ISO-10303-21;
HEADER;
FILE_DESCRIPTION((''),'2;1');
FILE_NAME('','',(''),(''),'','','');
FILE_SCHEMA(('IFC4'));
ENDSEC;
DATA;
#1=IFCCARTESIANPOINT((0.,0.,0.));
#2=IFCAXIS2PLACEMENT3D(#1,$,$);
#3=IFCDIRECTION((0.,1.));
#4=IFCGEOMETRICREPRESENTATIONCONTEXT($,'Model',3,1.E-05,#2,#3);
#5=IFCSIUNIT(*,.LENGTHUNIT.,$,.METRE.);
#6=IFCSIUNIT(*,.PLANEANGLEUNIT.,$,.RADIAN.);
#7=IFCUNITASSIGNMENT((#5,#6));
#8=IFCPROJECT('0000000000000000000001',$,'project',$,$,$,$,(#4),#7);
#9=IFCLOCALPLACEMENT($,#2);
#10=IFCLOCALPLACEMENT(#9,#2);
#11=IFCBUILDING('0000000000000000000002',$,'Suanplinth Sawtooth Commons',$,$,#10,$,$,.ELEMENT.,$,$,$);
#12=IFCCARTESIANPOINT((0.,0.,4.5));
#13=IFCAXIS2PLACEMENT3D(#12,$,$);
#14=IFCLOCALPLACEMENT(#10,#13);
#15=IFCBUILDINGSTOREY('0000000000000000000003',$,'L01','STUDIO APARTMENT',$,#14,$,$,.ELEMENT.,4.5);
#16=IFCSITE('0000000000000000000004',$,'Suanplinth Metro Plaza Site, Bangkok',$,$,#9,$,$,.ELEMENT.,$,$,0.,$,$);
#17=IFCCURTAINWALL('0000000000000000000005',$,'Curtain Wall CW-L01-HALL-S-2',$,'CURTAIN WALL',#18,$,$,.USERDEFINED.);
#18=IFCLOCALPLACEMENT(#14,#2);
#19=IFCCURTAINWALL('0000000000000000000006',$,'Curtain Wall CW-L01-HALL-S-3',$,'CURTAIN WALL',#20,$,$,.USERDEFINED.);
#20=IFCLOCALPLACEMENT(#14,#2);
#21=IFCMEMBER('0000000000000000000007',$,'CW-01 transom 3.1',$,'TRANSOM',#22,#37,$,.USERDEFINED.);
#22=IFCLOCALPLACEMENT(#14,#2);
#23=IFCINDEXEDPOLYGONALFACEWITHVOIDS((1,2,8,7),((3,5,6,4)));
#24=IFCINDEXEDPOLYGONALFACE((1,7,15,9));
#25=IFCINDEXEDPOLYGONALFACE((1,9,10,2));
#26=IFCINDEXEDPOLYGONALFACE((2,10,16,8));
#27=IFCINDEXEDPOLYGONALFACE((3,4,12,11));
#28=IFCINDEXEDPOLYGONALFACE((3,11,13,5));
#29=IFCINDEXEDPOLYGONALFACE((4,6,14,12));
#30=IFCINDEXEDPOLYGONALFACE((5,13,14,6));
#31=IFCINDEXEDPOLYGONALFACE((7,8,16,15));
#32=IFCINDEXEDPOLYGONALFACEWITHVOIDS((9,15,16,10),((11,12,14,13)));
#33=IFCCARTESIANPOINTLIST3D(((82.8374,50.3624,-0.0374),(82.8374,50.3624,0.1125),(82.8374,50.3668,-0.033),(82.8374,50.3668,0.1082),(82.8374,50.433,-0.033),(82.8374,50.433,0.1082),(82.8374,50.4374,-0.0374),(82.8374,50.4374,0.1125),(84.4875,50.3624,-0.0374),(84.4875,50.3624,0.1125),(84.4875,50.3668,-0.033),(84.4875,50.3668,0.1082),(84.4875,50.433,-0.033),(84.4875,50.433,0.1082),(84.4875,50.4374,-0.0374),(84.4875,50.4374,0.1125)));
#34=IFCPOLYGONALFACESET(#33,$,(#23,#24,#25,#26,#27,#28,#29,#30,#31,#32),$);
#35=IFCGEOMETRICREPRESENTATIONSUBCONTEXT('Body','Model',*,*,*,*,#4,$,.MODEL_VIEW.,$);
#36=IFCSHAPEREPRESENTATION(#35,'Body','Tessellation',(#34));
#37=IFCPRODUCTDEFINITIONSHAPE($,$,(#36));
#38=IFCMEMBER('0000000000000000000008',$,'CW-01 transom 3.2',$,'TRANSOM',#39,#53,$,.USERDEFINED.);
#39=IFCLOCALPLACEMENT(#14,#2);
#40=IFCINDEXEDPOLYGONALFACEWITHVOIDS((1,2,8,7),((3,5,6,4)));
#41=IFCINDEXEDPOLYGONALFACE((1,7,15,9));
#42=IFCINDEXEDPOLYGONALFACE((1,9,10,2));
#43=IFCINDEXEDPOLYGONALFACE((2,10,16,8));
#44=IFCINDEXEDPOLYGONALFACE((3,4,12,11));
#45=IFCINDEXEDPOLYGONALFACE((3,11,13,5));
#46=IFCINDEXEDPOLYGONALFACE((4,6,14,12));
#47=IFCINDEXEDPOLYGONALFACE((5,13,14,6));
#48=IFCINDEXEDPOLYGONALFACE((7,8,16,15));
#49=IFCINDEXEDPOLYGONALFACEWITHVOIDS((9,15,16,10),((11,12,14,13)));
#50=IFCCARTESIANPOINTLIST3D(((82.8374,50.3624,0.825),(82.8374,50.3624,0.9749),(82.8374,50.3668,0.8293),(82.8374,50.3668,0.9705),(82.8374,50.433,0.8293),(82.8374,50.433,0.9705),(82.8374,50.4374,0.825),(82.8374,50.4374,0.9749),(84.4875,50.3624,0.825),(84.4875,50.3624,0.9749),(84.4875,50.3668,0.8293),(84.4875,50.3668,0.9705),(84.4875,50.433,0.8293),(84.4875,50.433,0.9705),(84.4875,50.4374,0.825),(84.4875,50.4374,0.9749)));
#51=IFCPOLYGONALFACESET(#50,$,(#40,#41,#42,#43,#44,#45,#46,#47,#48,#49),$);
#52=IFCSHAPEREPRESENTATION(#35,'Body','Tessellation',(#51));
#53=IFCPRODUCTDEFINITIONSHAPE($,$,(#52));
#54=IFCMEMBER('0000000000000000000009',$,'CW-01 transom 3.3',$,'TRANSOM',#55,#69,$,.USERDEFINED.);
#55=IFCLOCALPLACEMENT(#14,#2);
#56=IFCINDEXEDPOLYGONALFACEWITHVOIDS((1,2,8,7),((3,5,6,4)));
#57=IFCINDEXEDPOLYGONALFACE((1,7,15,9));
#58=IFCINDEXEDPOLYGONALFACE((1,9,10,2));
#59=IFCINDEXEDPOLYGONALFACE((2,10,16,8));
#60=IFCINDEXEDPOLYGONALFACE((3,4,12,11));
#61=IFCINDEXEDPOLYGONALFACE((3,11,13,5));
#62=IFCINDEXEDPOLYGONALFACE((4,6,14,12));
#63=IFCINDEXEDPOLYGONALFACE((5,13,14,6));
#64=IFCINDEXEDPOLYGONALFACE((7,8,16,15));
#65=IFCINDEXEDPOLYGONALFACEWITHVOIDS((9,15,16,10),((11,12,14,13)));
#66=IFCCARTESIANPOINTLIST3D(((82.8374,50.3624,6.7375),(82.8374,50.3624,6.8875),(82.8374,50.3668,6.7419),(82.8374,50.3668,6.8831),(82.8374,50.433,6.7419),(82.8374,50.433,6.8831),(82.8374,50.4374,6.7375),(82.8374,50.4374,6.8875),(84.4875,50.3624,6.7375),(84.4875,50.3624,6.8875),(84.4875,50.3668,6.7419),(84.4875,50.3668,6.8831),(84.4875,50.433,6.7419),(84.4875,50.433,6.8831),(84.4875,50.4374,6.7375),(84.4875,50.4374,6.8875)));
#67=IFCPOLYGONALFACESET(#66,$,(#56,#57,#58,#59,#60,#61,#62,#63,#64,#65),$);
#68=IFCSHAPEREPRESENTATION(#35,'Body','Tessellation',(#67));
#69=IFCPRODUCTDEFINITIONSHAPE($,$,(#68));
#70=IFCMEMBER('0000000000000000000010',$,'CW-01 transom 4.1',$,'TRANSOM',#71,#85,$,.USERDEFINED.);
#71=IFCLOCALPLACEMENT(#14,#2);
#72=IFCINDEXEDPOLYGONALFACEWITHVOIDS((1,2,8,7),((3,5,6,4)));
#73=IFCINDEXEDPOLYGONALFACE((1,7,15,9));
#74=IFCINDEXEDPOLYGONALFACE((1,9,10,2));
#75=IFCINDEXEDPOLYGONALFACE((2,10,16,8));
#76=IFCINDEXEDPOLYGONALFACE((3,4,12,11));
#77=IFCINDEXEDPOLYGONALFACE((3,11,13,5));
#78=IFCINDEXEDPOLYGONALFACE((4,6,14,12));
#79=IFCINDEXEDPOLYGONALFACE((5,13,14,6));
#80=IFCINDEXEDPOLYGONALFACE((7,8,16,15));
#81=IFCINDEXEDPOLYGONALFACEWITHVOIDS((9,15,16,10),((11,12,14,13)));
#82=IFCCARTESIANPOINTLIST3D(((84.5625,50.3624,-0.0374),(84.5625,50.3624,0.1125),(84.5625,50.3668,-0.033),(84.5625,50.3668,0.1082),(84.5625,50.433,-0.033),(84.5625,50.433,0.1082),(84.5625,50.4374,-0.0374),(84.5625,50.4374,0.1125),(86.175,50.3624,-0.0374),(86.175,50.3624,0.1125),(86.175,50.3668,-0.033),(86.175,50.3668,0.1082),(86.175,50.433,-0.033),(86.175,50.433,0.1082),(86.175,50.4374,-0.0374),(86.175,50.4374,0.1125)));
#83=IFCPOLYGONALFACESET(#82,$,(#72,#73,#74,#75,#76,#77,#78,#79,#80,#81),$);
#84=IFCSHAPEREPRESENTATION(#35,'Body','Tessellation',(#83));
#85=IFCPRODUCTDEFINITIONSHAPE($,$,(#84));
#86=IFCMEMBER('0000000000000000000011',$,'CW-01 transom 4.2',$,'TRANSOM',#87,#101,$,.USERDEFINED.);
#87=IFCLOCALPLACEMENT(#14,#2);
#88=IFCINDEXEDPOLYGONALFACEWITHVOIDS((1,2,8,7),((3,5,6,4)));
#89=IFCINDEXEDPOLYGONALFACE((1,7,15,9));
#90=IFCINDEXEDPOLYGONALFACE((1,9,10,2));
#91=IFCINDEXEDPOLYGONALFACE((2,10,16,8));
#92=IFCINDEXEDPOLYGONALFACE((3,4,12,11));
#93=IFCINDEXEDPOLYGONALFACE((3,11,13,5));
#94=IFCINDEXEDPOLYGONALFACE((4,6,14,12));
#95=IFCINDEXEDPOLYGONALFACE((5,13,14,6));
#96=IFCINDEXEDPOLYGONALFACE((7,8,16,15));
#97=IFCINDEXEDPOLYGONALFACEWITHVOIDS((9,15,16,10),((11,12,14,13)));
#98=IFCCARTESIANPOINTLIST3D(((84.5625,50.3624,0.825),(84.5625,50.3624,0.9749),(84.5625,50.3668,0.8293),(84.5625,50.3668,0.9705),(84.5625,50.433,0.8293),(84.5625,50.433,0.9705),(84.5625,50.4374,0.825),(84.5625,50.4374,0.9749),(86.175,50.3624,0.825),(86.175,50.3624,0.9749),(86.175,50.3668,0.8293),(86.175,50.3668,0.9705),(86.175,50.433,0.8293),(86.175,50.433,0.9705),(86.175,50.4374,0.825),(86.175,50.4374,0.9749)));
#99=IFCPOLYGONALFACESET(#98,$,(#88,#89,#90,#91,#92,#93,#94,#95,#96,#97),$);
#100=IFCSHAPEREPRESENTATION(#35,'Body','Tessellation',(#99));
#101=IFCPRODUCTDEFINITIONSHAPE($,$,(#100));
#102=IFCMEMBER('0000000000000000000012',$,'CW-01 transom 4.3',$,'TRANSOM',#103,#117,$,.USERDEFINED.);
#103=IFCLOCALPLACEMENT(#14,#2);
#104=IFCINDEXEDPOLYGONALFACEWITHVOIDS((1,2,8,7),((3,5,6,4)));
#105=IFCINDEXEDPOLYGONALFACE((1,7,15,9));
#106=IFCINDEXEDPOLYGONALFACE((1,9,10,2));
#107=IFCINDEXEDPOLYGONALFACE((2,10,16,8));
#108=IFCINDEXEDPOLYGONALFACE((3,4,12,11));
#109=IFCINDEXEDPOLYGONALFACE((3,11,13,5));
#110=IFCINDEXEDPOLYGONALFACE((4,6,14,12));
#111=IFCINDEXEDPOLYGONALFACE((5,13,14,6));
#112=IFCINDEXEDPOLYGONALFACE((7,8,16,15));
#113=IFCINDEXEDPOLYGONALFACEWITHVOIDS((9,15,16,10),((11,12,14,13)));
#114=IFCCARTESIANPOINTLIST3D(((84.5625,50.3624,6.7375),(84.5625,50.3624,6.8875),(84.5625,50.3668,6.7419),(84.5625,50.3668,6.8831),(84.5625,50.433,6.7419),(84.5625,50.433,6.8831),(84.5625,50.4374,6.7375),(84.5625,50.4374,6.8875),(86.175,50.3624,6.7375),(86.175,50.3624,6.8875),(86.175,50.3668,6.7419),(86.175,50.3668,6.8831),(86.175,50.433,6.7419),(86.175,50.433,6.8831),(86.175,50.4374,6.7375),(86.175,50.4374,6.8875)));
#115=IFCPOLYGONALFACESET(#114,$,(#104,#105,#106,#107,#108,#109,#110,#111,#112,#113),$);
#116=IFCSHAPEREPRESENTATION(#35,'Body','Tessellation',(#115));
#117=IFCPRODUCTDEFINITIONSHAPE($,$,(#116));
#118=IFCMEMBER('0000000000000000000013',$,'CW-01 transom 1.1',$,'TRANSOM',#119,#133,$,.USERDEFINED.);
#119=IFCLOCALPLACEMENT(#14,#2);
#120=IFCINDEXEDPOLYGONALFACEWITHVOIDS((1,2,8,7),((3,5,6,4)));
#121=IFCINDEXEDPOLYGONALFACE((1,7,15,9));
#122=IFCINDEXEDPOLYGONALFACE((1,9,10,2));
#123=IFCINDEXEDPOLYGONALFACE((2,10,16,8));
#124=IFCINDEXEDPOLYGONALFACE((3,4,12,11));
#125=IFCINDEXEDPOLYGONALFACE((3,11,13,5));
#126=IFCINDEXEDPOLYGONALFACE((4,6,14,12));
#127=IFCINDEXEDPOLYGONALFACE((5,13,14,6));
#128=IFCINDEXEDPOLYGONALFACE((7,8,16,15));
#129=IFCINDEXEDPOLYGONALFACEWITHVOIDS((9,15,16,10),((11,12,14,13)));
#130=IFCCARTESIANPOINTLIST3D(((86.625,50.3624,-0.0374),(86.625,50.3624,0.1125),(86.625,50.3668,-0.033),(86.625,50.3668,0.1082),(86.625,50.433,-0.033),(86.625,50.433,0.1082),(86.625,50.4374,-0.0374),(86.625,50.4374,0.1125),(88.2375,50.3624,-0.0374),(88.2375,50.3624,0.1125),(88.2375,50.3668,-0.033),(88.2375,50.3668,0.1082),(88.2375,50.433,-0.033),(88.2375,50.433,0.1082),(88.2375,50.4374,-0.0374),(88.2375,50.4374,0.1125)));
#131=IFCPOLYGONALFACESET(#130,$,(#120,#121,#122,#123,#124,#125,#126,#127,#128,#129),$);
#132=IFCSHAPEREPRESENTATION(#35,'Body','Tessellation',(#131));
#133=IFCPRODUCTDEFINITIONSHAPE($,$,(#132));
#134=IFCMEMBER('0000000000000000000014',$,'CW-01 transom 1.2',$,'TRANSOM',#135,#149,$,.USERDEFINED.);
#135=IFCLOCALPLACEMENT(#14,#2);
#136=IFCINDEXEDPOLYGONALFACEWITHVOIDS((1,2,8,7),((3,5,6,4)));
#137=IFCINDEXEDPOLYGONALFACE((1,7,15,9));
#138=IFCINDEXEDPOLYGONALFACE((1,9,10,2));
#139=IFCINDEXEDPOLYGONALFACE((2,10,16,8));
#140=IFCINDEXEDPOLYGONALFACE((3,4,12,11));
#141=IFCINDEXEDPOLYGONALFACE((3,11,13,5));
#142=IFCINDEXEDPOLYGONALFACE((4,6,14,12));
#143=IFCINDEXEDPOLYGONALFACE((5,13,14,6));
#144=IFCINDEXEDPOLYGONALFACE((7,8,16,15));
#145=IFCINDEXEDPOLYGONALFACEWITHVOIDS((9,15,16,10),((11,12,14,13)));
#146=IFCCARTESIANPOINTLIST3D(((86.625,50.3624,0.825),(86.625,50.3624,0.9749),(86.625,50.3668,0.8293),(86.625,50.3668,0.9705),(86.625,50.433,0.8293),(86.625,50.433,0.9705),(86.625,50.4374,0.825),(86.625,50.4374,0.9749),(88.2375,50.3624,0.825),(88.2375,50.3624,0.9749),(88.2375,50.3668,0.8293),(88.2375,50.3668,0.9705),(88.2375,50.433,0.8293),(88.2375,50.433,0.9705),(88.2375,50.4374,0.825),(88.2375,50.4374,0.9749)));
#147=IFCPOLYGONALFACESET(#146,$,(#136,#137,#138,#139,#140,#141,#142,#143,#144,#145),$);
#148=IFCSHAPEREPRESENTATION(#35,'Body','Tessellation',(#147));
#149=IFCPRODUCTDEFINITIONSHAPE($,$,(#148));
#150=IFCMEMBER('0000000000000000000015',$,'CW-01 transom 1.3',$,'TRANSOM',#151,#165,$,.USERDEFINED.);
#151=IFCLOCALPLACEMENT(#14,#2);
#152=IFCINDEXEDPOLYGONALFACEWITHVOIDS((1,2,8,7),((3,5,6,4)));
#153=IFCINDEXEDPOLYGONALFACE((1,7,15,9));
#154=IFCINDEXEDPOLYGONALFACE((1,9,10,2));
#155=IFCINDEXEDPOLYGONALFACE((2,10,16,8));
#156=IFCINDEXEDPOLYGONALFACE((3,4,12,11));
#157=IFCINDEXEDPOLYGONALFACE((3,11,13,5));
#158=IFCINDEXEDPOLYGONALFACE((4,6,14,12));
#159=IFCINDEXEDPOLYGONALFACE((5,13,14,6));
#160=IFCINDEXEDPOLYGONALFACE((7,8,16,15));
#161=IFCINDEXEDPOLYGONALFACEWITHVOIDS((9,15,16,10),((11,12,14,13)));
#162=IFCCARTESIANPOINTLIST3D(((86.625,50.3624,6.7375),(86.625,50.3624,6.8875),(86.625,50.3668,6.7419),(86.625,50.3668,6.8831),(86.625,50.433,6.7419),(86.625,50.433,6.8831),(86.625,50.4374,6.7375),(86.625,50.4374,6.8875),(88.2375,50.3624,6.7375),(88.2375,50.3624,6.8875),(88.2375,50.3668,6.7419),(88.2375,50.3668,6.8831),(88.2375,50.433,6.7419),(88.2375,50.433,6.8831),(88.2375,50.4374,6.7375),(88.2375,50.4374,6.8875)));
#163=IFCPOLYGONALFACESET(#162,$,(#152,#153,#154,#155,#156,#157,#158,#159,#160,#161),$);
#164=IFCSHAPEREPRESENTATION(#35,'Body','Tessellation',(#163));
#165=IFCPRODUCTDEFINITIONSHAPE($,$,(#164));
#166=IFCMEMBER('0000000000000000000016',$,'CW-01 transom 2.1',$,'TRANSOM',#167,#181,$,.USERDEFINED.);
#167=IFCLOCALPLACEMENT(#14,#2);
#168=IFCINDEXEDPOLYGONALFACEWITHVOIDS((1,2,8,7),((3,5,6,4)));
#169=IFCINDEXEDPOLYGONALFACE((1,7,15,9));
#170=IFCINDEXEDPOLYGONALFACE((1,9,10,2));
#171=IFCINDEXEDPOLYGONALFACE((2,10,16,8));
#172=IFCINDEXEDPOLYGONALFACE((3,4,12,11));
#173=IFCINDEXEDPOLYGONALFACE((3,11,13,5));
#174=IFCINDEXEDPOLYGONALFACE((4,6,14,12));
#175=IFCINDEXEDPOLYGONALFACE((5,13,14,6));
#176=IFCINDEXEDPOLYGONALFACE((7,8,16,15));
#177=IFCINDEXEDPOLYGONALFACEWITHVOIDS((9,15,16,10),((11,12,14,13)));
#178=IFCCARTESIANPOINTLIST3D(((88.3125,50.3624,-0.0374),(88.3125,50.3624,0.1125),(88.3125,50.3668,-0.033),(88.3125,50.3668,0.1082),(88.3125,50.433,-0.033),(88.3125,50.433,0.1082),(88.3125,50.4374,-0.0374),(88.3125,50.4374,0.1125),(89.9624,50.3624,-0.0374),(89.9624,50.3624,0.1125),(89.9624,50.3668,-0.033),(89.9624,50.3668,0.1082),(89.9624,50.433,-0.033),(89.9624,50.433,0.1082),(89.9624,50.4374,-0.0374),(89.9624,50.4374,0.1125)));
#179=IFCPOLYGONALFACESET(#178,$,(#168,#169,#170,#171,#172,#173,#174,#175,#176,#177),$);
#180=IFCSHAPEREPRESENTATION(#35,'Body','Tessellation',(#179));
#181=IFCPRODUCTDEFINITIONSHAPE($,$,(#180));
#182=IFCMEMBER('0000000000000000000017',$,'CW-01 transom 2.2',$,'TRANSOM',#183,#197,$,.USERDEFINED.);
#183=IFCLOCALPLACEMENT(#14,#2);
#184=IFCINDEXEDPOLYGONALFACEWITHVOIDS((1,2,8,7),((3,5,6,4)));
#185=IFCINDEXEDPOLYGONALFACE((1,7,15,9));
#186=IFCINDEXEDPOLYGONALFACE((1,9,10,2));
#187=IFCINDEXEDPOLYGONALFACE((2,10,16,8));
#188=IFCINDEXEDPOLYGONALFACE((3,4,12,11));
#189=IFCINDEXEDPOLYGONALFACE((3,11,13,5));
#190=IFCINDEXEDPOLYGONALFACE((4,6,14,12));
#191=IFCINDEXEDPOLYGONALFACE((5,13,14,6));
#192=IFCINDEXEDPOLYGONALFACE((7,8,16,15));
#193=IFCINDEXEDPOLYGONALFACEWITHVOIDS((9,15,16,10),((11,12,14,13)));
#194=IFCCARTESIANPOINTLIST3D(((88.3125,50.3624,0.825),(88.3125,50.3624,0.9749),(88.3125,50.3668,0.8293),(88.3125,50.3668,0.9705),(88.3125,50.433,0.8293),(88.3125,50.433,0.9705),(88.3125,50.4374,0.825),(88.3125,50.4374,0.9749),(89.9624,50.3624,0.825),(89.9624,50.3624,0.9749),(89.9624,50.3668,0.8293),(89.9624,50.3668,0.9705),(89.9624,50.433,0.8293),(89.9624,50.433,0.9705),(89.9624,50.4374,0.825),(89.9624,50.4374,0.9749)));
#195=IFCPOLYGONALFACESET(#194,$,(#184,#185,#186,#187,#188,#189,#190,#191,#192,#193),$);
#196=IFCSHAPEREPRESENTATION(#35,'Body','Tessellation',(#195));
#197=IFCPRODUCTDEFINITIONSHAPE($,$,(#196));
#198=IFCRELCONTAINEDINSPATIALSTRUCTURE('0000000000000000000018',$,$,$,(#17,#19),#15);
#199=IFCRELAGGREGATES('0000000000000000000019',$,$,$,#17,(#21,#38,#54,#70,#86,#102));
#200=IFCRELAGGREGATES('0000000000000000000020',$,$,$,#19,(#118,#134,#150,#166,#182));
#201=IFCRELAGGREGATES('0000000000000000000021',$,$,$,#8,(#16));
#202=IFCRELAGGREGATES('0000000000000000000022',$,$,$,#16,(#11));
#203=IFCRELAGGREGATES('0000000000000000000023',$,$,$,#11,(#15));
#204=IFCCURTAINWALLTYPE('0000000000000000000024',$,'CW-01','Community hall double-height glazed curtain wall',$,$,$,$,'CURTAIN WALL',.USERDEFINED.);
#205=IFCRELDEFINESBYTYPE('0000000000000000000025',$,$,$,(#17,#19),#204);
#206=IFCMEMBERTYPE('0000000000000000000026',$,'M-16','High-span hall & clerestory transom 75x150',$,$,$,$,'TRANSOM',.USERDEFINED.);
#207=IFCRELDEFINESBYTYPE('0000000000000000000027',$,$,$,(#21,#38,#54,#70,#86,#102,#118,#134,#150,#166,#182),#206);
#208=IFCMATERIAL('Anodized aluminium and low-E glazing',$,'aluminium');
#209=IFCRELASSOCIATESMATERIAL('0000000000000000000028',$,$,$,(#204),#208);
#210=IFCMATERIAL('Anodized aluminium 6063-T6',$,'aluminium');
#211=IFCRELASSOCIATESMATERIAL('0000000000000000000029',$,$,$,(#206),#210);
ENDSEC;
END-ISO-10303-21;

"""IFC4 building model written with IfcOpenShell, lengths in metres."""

from ifc_helpers import new_model, si_unit, direction, frame, origin, origin_2d, place, context, subcontext, project, spatial, hollow_rectangle, extrude, material, material_profile, profile_set, type_object, element, aggregate, save


model = new_model("IFC4")

# Units and contexts
model_context = context("Model", 3, precision=1e-05, world=origin(), true_north=direction((0.0, 1.0)))
body_context = subcontext(model_context, "Body", "Model", "MODEL_VIEW")
ifc_project = project(units=[si_unit("LENGTHUNIT", "METRE"), si_unit("PLANEANGLEUNIT", "RADIAN")], contexts=[model_context])

# Site, building, storey
site_placement = place(None, origin())
site = spatial("IfcSite", under=ifc_project, at=site_placement, Name="Suanplinth Metro Plaza Site, Bangkok", CompositionType="ELEMENT", RefElevation=0.0)
building_placement = place(site_placement, origin())
building = spatial("IfcBuilding", under=site, at=building_placement, Name="Suanplinth Sawtooth Commons", CompositionType="ELEMENT")
storey_placement = place(building_placement, frame((0.0, 0.0, 4.5)))
storey = spatial("IfcBuildingStorey", under=building, at=storey_placement, Name="L01", Description="STUDIO APARTMENT", CompositionType="ELEMENT", Elevation=4.5)

# Curtain walls
ifc_material_1 = material(Name="Anodized aluminium and low-E glazing", Category="aluminium")
curtain_wall_type = type_object("IfcCurtainWallType", Name="CW-01", Description="Community hall double-height glazed curtain wall", ElementType="CURTAIN WALL", PredefinedType="USERDEFINED", material=ifc_material_1)
curtain_wall_1_placement = place(storey_placement, origin())
curtain_wall_1 = element("IfcCurtainWall", 1, at=curtain_wall_1_placement, inside=storey, type_object=curtain_wall_type, Name="Curtain Wall CW-L01-HALL-S-2", ObjectType="CURTAIN WALL", PredefinedType="USERDEFINED")
ifc_material_2 = material(Name="Anodized aluminium 6063-T6", Category="aluminium")
curtain_wall_2_placement = place(storey_placement, origin())
curtain_wall_2 = element("IfcCurtainWall", 2, at=curtain_wall_2_placement, inside=storey, type_object=curtain_wall_type, Name="Curtain Wall CW-L01-HALL-S-3", ObjectType="CURTAIN WALL", PredefinedType="USERDEFINED")

# Members
ifc_material_profile_1 = material_profile(ifc_material_2, hollow_rectangle(XDim=0.075, YDim=0.1499, WallThickness=0.0044, at=origin_2d()), Name="ALU-TRN 75x150")
ifc_profile_set_1 = profile_set([ifc_material_profile_1], Name="Anodized aluminium 6063-T6")
member_type_1 = type_object("IfcMemberType", Name="M-16", Description="High-span hall & clerestory transom 75x150", ElementType="TRANSOM", PredefinedType="USERDEFINED", material=ifc_profile_set_1)
member_1_placement = place(storey_placement, frame((82.8374, 50.3999, 0.0376), z_axis=(1.0, 0.0, 0.0), x_axis=(0.0, 1.0, 0.0)))
member_1 = element("IfcMember", 3, at=member_1_placement, type_object=member_type_1, Name="CW-01 transom 3.1", ObjectType="TRANSOM", PredefinedType="USERDEFINED", context=body_context, shape_type="SweptSolid", body=[
    extrude(hollow_rectangle(XDim=0.075, YDim=0.1499, WallThickness=0.0044, at=origin_2d()), origin(), (0.0, 0.0, 1.0), 1.6501),
])
member_2_placement = place(storey_placement, frame((82.8374, 50.3999, 0.8999), z_axis=(1.0, 0.0, 0.0), x_axis=(0.0, 1.0, 0.0)))
member_2 = element("IfcMember", 4, at=member_2_placement, type_object=member_type_1, Name="CW-01 transom 3.2", ObjectType="TRANSOM", PredefinedType="USERDEFINED", context=body_context, shape_type="SweptSolid", body=[
    extrude(hollow_rectangle(XDim=0.075, YDim=0.1499, WallThickness=0.0044, at=origin_2d()), origin(), (0.0, 0.0, 1.0), 1.6501),
])
member_3_placement = place(storey_placement, frame((82.8374, 50.3999, 6.8125), z_axis=(1.0, 0.0, 0.0), x_axis=(0.0, 1.0, 0.0)))
member_3 = element("IfcMember", 5, at=member_3_placement, type_object=member_type_1, Name="CW-01 transom 3.3", ObjectType="TRANSOM", PredefinedType="USERDEFINED", context=body_context, shape_type="SweptSolid", body=[
    extrude(hollow_rectangle(XDim=0.075, YDim=0.1499, WallThickness=0.0044, at=origin_2d()), origin(), (0.0, 0.0, 1.0), 1.6501),
])
member_4_placement = place(storey_placement, frame((84.5625, 50.3999, 0.0376), z_axis=(1.0, 0.0, 0.0), x_axis=(0.0, 1.0, 0.0)))
member_4 = element("IfcMember", 6, at=member_4_placement, type_object=member_type_1, Name="CW-01 transom 4.1", ObjectType="TRANSOM", PredefinedType="USERDEFINED", context=body_context, shape_type="SweptSolid", body=[
    extrude(hollow_rectangle(XDim=0.075, YDim=0.1499, WallThickness=0.0044, at=origin_2d()), origin(), (0.0, 0.0, 1.0), 1.6125),
])
member_5_placement = place(storey_placement, frame((84.5625, 50.3999, 0.8999), z_axis=(1.0, 0.0, 0.0), x_axis=(0.0, 1.0, 0.0)))
member_5 = element("IfcMember", 7, at=member_5_placement, type_object=member_type_1, Name="CW-01 transom 4.2", ObjectType="TRANSOM", PredefinedType="USERDEFINED", context=body_context, shape_type="SweptSolid", body=[
    extrude(hollow_rectangle(XDim=0.075, YDim=0.1499, WallThickness=0.0044, at=origin_2d()), origin(), (0.0, 0.0, 1.0), 1.6125),
])
member_6_placement = place(storey_placement, frame((84.5625, 50.3999, 6.8125), z_axis=(1.0, 0.0, 0.0), x_axis=(0.0, 1.0, 0.0)))
member_6 = element("IfcMember", 8, at=member_6_placement, type_object=member_type_1, Name="CW-01 transom 4.3", ObjectType="TRANSOM", PredefinedType="USERDEFINED", context=body_context, shape_type="SweptSolid", body=[
    extrude(hollow_rectangle(XDim=0.075, YDim=0.1499, WallThickness=0.0044, at=origin_2d()), origin(), (0.0, 0.0, 1.0), 1.6125),
])
member_7_placement = place(storey_placement, frame((86.625, 50.3999, 0.0376), z_axis=(1.0, 0.0, 0.0), x_axis=(0.0, 1.0, 0.0)))
member_7 = element("IfcMember", 9, at=member_7_placement, type_object=member_type_1, Name="CW-01 transom 1.1", ObjectType="TRANSOM", PredefinedType="USERDEFINED", context=body_context, shape_type="SweptSolid", body=[
    extrude(hollow_rectangle(XDim=0.075, YDim=0.1499, WallThickness=0.0044, at=origin_2d()), origin(), (0.0, 0.0, 1.0), 1.6125),
])
member_8_placement = place(storey_placement, frame((86.625, 50.3999, 0.8999), z_axis=(1.0, 0.0, 0.0), x_axis=(0.0, 1.0, 0.0)))
member_8 = element("IfcMember", 10, at=member_8_placement, type_object=member_type_1, Name="CW-01 transom 1.2", ObjectType="TRANSOM", PredefinedType="USERDEFINED", context=body_context, shape_type="SweptSolid", body=[
    extrude(hollow_rectangle(XDim=0.075, YDim=0.1499, WallThickness=0.0044, at=origin_2d()), origin(), (0.0, 0.0, 1.0), 1.6125),
])
member_9_placement = place(storey_placement, frame((86.625, 50.3999, 6.8125), z_axis=(1.0, 0.0, 0.0), x_axis=(0.0, 1.0, 0.0)))
member_9 = element("IfcMember", 11, at=member_9_placement, type_object=member_type_1, Name="CW-01 transom 1.3", ObjectType="TRANSOM", PredefinedType="USERDEFINED", context=body_context, shape_type="SweptSolid", body=[
    extrude(hollow_rectangle(XDim=0.075, YDim=0.1499, WallThickness=0.0044, at=origin_2d()), origin(), (0.0, 0.0, 1.0), 1.6125),
])
member_10_placement = place(storey_placement, frame((88.3125, 50.3999, 0.0376), z_axis=(1.0, 0.0, 0.0), x_axis=(0.0, 1.0, 0.0)))
member_10 = element("IfcMember", 12, at=member_10_placement, type_object=member_type_1, Name="CW-01 transom 2.1", ObjectType="TRANSOM", PredefinedType="USERDEFINED", context=body_context, shape_type="SweptSolid", body=[
    extrude(hollow_rectangle(XDim=0.075, YDim=0.1499, WallThickness=0.0044, at=origin_2d()), origin(), (0.0, 0.0, 1.0), 1.6499),
])
member_11_placement = place(storey_placement, frame((88.3125, 50.3999, 0.8999), z_axis=(1.0, 0.0, 0.0), x_axis=(0.0, 1.0, 0.0)))
member_11 = element("IfcMember", 13, at=member_11_placement, type_object=member_type_1, Name="CW-01 transom 2.2", ObjectType="TRANSOM", PredefinedType="USERDEFINED", context=body_context, shape_type="SweptSolid", body=[
    extrude(hollow_rectangle(XDim=0.075, YDim=0.1499, WallThickness=0.0044, at=origin_2d()), origin(), (0.0, 0.0, 1.0), 1.6499),
])

aggregate(curtain_wall_1, [member_1, member_2, member_3, member_4, member_5, member_6])
aggregate(curtain_wall_2, [member_7, member_8, member_9, member_10, member_11])

save(model, "model.ifc")
